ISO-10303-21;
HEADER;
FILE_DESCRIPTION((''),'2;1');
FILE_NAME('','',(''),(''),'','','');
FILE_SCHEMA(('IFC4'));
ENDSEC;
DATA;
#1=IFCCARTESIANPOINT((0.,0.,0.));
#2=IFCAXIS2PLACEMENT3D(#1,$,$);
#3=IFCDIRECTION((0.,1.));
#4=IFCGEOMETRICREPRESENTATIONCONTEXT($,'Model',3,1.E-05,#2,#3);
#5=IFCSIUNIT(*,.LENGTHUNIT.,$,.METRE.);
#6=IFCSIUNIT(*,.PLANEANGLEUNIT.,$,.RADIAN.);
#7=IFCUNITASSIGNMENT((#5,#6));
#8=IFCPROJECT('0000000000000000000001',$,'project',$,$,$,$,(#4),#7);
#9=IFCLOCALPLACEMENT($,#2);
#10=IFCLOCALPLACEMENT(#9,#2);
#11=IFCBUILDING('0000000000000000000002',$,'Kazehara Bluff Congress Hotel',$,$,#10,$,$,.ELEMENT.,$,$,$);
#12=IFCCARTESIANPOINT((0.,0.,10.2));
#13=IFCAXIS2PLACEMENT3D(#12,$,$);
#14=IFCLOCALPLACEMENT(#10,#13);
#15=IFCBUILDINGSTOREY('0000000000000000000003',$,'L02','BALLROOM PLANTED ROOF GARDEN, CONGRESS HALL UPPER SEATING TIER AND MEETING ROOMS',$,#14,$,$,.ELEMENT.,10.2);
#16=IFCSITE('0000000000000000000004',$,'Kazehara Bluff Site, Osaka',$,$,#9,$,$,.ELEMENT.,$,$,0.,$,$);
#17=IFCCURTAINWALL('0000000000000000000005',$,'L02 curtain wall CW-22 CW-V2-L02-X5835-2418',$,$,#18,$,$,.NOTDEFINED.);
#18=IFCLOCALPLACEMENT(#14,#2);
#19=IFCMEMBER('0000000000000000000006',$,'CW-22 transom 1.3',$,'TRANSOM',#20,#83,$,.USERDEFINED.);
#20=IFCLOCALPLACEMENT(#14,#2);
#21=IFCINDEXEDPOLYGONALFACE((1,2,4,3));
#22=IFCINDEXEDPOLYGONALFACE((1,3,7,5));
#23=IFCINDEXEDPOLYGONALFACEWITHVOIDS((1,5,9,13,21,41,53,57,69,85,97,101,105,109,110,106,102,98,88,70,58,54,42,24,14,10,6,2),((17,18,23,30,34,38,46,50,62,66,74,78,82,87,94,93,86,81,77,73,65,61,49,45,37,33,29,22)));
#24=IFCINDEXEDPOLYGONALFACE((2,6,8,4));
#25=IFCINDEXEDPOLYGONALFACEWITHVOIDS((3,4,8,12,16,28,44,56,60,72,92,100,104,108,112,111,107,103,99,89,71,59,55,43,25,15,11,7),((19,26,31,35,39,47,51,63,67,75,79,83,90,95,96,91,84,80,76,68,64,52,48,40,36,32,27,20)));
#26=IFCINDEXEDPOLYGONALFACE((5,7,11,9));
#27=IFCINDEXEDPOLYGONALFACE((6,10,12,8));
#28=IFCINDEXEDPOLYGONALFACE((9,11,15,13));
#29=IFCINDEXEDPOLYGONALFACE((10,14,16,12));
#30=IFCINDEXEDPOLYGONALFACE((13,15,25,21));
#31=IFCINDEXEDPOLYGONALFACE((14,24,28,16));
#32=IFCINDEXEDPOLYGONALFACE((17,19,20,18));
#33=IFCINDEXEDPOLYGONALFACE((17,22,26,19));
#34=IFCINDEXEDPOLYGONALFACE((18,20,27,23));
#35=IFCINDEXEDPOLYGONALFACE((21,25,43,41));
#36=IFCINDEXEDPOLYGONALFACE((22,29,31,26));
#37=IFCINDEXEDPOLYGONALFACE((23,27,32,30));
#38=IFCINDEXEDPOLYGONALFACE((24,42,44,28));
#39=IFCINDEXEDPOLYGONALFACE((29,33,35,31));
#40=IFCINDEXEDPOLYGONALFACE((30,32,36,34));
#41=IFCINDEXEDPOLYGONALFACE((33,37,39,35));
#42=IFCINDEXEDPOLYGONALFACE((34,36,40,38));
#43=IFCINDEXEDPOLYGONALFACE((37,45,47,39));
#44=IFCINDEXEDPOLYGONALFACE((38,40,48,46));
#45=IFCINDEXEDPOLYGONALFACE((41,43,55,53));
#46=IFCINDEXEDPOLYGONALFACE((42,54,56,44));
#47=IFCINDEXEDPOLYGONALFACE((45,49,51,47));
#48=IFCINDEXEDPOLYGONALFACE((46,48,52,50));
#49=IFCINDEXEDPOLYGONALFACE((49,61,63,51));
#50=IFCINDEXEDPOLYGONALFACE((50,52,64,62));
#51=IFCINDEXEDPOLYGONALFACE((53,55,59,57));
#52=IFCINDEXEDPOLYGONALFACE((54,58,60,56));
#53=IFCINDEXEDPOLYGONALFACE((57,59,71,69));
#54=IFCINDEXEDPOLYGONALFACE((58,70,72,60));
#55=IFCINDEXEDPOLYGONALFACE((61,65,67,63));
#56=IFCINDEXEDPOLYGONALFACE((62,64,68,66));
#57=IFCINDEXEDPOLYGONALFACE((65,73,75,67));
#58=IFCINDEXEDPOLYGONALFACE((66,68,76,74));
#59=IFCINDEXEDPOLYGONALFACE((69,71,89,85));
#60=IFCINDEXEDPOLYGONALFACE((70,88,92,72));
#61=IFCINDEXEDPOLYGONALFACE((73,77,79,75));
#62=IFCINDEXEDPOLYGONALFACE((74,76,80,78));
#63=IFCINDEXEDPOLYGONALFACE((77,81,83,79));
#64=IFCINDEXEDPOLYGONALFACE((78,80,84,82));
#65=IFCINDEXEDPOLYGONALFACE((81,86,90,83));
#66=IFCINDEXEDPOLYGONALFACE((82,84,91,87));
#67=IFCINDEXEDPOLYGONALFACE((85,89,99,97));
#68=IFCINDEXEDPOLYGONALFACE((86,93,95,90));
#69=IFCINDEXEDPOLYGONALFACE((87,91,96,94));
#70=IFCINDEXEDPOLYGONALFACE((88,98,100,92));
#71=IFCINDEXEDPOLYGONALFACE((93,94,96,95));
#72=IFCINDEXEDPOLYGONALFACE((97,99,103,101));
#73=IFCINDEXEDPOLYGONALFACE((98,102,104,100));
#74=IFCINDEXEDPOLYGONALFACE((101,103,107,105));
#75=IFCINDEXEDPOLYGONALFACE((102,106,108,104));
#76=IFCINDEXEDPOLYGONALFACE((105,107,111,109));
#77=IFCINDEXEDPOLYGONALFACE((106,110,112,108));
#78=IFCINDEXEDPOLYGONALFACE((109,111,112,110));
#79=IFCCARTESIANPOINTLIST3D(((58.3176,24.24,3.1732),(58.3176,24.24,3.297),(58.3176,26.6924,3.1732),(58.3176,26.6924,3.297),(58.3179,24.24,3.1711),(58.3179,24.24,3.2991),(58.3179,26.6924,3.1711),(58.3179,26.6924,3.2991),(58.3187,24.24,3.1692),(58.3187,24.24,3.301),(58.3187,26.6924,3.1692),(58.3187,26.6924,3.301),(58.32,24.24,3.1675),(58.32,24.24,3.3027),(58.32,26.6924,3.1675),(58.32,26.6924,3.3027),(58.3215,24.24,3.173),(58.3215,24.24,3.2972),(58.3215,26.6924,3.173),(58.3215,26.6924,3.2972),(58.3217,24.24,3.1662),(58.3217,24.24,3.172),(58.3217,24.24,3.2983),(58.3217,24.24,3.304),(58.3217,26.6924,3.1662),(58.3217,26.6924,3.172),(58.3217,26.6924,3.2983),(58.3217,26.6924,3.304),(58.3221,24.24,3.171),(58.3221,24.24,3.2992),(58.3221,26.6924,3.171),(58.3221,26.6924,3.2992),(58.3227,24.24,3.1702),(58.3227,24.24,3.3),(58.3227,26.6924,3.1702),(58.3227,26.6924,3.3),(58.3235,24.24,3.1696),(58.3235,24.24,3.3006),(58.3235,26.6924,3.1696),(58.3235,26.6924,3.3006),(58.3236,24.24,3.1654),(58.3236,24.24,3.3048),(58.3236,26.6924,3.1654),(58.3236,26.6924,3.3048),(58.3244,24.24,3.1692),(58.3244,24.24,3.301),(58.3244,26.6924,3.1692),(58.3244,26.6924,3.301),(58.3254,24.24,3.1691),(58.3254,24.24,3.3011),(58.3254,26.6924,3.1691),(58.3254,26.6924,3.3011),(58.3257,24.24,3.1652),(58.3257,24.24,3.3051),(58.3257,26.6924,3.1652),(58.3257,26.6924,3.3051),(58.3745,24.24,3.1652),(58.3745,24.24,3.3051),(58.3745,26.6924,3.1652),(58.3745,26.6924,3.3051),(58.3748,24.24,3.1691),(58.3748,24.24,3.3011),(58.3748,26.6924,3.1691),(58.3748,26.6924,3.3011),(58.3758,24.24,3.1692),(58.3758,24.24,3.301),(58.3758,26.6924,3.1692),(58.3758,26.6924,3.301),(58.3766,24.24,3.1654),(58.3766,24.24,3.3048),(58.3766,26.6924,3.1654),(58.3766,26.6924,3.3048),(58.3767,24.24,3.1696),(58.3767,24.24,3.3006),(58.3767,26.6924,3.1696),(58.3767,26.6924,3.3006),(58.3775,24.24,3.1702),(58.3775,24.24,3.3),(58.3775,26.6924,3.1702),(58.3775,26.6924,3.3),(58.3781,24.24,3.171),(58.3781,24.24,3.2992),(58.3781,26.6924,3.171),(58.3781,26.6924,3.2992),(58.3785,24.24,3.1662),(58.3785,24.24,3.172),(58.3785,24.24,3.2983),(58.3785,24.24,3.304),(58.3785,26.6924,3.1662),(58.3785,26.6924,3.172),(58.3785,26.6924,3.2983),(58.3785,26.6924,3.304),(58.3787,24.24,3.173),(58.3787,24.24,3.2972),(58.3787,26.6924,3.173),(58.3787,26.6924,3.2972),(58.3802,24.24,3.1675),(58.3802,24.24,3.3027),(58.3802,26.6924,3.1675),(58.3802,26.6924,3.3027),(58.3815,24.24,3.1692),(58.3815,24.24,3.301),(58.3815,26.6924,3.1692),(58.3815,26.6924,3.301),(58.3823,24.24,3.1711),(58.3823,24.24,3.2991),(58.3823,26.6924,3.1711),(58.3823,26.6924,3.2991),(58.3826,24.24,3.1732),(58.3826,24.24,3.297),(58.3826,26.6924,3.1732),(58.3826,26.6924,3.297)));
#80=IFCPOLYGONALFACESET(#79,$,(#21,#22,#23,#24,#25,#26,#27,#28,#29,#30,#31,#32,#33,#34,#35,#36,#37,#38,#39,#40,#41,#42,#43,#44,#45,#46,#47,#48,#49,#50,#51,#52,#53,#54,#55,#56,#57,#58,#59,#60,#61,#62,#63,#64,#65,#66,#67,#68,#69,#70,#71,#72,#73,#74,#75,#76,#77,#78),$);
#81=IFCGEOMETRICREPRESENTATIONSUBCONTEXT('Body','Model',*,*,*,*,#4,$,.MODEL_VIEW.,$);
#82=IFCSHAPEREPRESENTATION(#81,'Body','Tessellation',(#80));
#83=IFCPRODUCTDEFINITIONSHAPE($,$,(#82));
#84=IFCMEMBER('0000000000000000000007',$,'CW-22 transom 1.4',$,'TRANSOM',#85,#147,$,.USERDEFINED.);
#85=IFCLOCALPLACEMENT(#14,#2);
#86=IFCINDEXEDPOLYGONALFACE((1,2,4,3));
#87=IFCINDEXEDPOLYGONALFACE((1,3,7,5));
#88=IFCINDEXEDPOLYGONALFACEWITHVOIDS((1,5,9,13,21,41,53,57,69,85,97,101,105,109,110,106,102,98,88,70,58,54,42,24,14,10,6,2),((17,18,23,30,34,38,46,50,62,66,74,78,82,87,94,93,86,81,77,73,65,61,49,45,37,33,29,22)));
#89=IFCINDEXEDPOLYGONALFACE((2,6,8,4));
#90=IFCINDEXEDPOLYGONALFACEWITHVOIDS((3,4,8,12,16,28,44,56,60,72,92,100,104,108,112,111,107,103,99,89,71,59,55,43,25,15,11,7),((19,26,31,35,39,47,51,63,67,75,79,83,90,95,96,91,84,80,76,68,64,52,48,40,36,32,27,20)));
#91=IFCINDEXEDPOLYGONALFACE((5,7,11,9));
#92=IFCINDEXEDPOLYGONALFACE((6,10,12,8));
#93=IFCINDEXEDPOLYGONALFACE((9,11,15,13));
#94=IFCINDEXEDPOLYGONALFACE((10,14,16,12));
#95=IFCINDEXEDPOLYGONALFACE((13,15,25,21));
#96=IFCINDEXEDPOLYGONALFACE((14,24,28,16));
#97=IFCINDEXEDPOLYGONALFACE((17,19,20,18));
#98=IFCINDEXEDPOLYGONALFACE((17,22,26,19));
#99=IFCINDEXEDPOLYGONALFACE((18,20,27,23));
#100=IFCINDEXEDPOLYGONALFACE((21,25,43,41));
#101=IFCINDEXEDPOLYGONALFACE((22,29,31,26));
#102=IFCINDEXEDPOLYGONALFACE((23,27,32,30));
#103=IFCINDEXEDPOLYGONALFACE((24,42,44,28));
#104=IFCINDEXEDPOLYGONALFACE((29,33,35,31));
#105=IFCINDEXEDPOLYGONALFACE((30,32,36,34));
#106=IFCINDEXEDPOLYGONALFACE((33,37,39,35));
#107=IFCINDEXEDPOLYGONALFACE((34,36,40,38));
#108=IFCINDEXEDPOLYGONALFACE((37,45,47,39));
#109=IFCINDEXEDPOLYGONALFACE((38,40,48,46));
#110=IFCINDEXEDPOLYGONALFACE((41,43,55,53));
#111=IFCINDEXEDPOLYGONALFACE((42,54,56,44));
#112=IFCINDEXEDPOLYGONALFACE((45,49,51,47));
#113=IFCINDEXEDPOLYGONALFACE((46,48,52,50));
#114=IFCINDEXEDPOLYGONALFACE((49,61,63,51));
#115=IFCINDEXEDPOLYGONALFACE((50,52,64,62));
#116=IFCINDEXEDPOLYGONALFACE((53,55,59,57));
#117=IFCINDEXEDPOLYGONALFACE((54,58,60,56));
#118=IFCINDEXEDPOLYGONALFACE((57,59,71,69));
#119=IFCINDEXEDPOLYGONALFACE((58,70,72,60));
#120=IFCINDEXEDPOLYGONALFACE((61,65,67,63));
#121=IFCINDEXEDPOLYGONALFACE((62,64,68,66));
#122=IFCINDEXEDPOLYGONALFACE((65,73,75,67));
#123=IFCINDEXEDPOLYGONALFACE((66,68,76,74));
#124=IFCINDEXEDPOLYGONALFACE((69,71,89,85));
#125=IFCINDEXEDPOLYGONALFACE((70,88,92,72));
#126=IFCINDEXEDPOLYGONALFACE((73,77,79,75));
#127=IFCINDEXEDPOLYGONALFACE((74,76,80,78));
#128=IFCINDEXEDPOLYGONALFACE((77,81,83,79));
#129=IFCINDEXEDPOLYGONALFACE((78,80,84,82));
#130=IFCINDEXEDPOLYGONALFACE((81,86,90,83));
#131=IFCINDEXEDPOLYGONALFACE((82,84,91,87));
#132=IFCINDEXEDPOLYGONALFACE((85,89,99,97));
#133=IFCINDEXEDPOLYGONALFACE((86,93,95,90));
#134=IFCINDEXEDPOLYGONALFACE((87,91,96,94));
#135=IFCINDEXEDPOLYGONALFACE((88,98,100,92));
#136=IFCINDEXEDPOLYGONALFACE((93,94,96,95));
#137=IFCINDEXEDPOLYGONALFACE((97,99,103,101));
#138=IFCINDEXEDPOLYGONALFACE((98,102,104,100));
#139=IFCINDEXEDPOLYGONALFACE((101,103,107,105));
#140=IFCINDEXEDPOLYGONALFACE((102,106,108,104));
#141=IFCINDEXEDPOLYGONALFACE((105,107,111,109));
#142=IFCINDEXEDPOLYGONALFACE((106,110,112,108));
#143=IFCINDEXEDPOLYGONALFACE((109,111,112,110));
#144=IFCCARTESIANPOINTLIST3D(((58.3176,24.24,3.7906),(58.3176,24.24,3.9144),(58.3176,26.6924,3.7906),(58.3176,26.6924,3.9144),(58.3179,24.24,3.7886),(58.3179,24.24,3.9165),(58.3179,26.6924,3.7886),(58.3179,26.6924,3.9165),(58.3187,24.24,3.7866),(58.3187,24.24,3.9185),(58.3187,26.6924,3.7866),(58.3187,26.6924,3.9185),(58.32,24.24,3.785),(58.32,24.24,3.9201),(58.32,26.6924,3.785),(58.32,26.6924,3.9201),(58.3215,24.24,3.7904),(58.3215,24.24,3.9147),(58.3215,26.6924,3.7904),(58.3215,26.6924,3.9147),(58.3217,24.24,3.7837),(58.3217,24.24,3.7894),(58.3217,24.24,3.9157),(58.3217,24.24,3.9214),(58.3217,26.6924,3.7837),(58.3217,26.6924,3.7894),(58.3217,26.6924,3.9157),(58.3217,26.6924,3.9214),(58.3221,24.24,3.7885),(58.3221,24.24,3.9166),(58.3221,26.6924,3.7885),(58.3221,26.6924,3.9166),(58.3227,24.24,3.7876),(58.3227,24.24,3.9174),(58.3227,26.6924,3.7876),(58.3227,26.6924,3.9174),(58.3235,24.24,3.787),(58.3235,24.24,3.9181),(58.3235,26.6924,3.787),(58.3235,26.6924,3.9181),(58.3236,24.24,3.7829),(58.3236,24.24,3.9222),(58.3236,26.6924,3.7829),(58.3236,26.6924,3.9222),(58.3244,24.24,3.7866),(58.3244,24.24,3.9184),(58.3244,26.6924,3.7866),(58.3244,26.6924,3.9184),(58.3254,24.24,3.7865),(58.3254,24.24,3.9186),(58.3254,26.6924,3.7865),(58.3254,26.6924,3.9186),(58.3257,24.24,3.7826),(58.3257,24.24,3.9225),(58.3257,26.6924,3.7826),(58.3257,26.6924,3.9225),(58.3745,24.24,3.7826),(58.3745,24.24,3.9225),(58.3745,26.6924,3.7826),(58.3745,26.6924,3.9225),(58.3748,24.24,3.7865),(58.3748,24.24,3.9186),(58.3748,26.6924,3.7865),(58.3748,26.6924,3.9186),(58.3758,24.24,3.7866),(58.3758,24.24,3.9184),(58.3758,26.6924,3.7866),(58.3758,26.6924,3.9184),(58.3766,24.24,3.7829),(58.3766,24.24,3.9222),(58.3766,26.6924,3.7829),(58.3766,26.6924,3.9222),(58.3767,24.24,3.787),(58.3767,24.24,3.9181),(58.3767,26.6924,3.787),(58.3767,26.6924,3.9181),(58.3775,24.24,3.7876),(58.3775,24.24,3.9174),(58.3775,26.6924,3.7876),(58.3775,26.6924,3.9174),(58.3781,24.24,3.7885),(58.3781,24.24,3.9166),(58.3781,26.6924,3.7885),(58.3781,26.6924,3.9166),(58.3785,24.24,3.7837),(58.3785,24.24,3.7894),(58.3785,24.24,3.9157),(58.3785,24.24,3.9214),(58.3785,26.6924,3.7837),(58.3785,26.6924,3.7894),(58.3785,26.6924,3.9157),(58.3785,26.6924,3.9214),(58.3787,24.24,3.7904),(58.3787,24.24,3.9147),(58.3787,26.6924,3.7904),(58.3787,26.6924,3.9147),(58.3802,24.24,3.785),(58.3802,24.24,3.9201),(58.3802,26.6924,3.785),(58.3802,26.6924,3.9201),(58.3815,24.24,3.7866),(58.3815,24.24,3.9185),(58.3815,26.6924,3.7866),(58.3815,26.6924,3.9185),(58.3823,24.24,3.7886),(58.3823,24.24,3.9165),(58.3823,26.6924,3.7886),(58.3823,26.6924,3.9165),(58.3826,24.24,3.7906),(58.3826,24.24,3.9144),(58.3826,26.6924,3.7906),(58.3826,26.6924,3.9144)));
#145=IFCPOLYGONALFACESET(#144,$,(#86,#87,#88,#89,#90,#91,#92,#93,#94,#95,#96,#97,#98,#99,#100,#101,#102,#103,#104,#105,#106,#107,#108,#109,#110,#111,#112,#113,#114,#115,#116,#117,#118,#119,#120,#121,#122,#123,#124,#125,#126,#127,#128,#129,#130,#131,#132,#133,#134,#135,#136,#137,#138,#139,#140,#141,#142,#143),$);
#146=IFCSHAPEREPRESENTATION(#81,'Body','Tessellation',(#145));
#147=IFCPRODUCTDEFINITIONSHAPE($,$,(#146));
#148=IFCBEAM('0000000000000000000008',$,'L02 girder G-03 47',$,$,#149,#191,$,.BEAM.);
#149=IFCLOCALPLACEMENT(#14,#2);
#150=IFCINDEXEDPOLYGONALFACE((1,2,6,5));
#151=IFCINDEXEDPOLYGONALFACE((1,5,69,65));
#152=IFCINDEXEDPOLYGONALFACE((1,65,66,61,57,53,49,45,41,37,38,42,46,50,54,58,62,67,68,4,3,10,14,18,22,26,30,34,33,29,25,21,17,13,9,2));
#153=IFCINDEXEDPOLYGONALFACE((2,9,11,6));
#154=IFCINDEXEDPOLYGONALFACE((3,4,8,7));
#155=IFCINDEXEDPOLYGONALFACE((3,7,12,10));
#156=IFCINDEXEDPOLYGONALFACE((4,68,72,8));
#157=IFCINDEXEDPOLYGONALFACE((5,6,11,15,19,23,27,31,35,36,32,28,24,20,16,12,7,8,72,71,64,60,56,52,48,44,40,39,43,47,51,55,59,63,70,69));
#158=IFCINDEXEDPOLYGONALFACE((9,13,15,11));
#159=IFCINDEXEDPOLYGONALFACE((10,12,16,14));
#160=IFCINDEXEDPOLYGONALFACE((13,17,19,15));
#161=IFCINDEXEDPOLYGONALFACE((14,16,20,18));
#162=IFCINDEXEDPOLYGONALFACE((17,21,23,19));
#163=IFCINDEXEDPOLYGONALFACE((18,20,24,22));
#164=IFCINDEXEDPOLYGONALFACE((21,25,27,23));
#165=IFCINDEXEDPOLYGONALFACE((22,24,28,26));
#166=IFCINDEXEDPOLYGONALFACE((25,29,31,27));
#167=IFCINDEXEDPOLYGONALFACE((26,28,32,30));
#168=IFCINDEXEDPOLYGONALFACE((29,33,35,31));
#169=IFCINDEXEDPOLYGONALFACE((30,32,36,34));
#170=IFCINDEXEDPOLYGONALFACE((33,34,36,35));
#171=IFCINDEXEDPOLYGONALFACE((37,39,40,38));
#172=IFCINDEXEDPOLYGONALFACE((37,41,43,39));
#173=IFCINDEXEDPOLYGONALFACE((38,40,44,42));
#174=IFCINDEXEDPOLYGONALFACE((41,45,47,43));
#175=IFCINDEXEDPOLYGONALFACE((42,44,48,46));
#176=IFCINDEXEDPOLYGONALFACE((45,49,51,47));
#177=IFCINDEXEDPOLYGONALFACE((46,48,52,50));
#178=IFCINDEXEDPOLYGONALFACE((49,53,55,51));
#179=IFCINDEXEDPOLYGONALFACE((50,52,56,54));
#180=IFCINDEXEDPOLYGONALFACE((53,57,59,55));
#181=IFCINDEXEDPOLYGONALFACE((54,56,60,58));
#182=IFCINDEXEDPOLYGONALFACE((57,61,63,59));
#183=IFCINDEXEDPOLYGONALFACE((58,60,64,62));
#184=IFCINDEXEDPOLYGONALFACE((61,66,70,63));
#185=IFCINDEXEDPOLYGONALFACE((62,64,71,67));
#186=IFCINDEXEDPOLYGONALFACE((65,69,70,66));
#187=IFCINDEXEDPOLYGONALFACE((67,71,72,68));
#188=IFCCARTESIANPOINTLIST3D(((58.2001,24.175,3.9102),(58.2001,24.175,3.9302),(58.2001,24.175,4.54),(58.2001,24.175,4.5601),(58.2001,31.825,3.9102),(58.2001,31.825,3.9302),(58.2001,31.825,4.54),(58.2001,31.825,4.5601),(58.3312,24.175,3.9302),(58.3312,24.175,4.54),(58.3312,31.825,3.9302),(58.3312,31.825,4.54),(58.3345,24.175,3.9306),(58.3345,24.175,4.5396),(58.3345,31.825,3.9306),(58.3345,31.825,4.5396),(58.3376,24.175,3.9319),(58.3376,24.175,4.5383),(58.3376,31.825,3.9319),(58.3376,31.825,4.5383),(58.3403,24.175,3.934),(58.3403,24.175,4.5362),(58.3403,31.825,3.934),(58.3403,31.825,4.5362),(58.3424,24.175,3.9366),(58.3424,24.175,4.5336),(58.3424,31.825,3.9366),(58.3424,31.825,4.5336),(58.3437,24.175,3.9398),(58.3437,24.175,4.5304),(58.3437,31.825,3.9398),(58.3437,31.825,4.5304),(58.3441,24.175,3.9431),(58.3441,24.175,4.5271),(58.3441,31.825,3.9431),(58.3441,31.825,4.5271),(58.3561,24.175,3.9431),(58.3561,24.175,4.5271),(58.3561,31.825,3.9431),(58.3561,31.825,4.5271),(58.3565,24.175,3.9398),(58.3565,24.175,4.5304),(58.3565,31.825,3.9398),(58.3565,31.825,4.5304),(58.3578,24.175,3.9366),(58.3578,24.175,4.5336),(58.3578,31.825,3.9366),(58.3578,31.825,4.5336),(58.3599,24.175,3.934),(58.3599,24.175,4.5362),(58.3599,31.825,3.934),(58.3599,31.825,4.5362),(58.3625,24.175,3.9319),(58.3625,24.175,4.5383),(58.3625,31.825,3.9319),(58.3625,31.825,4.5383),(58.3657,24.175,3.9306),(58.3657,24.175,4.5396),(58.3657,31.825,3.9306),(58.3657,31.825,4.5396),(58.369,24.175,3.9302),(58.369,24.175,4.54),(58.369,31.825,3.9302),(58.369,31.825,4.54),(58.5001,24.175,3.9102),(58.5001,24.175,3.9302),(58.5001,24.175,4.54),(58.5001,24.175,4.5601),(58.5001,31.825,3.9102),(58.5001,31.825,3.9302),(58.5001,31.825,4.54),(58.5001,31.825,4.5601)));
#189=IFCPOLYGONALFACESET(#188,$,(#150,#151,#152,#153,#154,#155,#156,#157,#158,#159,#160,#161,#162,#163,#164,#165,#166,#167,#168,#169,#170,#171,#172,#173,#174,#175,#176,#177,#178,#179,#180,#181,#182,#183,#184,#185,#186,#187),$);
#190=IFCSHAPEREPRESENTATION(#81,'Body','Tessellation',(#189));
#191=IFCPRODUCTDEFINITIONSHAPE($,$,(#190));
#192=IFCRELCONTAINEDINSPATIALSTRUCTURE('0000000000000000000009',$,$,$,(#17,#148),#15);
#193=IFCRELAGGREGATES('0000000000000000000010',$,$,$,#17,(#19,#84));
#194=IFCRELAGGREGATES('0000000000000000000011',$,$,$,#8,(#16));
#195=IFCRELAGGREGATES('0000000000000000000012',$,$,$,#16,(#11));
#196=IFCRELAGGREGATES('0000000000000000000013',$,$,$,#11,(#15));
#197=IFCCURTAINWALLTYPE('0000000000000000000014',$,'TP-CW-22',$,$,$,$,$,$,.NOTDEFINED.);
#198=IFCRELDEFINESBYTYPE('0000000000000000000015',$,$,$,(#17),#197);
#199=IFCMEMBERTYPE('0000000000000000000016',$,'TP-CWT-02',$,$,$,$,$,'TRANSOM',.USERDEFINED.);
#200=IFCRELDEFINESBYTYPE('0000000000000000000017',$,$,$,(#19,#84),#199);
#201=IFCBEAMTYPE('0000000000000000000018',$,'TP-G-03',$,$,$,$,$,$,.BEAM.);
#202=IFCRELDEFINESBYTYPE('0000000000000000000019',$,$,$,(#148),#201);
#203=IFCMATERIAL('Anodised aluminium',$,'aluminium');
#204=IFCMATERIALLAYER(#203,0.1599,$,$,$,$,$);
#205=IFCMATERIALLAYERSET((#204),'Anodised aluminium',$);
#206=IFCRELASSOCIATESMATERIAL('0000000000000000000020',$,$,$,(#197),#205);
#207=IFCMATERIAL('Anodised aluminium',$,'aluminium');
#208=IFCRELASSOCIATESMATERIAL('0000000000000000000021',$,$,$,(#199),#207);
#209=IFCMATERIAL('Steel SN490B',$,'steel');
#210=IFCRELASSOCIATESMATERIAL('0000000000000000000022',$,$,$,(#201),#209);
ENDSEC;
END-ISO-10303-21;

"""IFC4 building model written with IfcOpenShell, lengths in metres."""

from ifc_helpers import new_model, si_unit, direction, frame, origin, origin_2d, place, context, subcontext, project, spatial, hollow_rectangle, i_section, extrude, material, layer, layer_set, material_profile, profile_set, type_object, element, aggregate, save


model = new_model("IFC4")

# Units and contexts
model_context = context("Model", 3, precision=1e-05, world=origin(), true_north=direction((0.0, 1.0)))
body_context = subcontext(model_context, "Body", "Model", "MODEL_VIEW")
ifc_project = project(units=[si_unit("LENGTHUNIT", "METRE"), si_unit("PLANEANGLEUNIT", "RADIAN")], contexts=[model_context])

# Site, building, storey
site_placement = place(None, origin())
site = spatial("IfcSite", under=ifc_project, at=site_placement, Name="Kazehara Bluff Site, Osaka", CompositionType="ELEMENT", RefElevation=0.0)
building_placement = place(site_placement, origin())
building = spatial("IfcBuilding", under=site, at=building_placement, Name="Kazehara Bluff Congress Hotel", CompositionType="ELEMENT")
storey_placement = place(building_placement, frame((0.0, 0.0, 10.2)))
storey = spatial("IfcBuildingStorey", under=building, at=storey_placement, Name="L02", Description="BALLROOM PLANTED ROOF GARDEN, CONGRESS HALL UPPER SEATING TIER AND MEETING ROOMS", CompositionType="ELEMENT", Elevation=10.2)

# Shared definitions
ifc_material_1 = material(Name="Anodised aluminium", Category="aluminium")
ifc_layer_1 = layer(ifc_material_1, 0.1599)
ifc_layer_set_1 = layer_set([ifc_layer_1], Name="Anodised aluminium")
curtain_wall_type = type_object("IfcCurtainWallType", Name="TP-CW-22", PredefinedType="NOTDEFINED", material=ifc_layer_set_1)

# Curtain wall
curtain_wall_1_placement = place(storey_placement, origin())
curtain_wall_1 = element("IfcCurtainWall", 1, at=curtain_wall_1_placement, inside=storey, type_object=curtain_wall_type, Name="L02 curtain wall CW-22 CW-V2-L02-X5835-2418", PredefinedType="NOTDEFINED")

# Members
ifc_material_2 = material(Name="Anodised aluminium", Category="aluminium")
ifc_material_profile_1 = material_profile(ifc_material_2, hollow_rectangle(XDim=0.0649, YDim=0.1399, WallThickness=0.0039, InnerFilletRadius=0.0039, OuterFilletRadius=0.0081, at=origin_2d()))
ifc_profile_set_1 = profile_set([ifc_material_profile_1], Name="Anodised aluminium")
member_type_1 = type_object("IfcMemberType", Name="TP-CWT-02", ElementType="TRANSOM", PredefinedType="USERDEFINED", material=ifc_profile_set_1)
member_1_placement = place(storey_placement, frame((58.3501, 24.24, 3.2351), z_axis=(0.0, 1.0, 0.0), x_axis=(-1.0, 0.0, 0.0)))
member_1 = element("IfcMember", 2, at=member_1_placement, type_object=member_type_1, Name="CW-22 transom 1.3", ObjectType="TRANSOM", PredefinedType="USERDEFINED", context=body_context, shape_type="SweptSolid", body=[
    extrude(hollow_rectangle(XDim=0.0649, YDim=0.1399, WallThickness=0.0039, InnerFilletRadius=0.0039, OuterFilletRadius=0.0081, at=origin_2d()), origin(), (0.0, 0.0, 1.0), 2.4524),
])
member_2_placement = place(storey_placement, frame((58.3501, 24.24, 3.8525), z_axis=(0.0, 1.0, 0.0), x_axis=(-1.0, 0.0, 0.0)))
member_2 = element("IfcMember", 3, at=member_2_placement, type_object=member_type_1, Name="CW-22 transom 1.4", ObjectType="TRANSOM", PredefinedType="USERDEFINED", context=body_context, shape_type="SweptSolid", body=[
    extrude(hollow_rectangle(XDim=0.0649, YDim=0.1399, WallThickness=0.0039, InnerFilletRadius=0.0039, OuterFilletRadius=0.0081, at=origin_2d()), origin(), (0.0, 0.0, 1.0), 2.4524),
])

# Beam
ifc_material_3 = material(Name="Steel SN490B", Category="steel")
ifc_material_profile_2 = material_profile(ifc_material_3, i_section(OverallWidth=0.3, OverallDepth=0.6499, WebThickness=0.012, FlangeThickness=0.02, FilletRadius=0.0129, at=origin_2d()))
ifc_profile_set_2 = profile_set([ifc_material_profile_2], Name="Steel SN490B")
beam_type = type_object("IfcBeamType", Name="TP-G-03", PredefinedType="BEAM", material=ifc_profile_set_2)
beam_placement = place(storey_placement, frame((58.3501, 24.175, 4.2351), z_axis=(0.0, 1.0, 0.0), x_axis=(-1.0, 0.0, 0.0)))
element("IfcBeam", 4, at=beam_placement, inside=storey, type_object=beam_type, Name="L02 girder G-03 47", PredefinedType="BEAM", context=body_context, shape_type="SweptSolid", body=[
    extrude(i_section(OverallWidth=0.3, OverallDepth=0.6499, WebThickness=0.012, FlangeThickness=0.02, FilletRadius=0.0129, at=origin_2d()), origin(), (0.0, 0.0, 1.0), 7.6499),
])

aggregate(curtain_wall_1, [member_1, member_2])

save(model, "model.ifc")
